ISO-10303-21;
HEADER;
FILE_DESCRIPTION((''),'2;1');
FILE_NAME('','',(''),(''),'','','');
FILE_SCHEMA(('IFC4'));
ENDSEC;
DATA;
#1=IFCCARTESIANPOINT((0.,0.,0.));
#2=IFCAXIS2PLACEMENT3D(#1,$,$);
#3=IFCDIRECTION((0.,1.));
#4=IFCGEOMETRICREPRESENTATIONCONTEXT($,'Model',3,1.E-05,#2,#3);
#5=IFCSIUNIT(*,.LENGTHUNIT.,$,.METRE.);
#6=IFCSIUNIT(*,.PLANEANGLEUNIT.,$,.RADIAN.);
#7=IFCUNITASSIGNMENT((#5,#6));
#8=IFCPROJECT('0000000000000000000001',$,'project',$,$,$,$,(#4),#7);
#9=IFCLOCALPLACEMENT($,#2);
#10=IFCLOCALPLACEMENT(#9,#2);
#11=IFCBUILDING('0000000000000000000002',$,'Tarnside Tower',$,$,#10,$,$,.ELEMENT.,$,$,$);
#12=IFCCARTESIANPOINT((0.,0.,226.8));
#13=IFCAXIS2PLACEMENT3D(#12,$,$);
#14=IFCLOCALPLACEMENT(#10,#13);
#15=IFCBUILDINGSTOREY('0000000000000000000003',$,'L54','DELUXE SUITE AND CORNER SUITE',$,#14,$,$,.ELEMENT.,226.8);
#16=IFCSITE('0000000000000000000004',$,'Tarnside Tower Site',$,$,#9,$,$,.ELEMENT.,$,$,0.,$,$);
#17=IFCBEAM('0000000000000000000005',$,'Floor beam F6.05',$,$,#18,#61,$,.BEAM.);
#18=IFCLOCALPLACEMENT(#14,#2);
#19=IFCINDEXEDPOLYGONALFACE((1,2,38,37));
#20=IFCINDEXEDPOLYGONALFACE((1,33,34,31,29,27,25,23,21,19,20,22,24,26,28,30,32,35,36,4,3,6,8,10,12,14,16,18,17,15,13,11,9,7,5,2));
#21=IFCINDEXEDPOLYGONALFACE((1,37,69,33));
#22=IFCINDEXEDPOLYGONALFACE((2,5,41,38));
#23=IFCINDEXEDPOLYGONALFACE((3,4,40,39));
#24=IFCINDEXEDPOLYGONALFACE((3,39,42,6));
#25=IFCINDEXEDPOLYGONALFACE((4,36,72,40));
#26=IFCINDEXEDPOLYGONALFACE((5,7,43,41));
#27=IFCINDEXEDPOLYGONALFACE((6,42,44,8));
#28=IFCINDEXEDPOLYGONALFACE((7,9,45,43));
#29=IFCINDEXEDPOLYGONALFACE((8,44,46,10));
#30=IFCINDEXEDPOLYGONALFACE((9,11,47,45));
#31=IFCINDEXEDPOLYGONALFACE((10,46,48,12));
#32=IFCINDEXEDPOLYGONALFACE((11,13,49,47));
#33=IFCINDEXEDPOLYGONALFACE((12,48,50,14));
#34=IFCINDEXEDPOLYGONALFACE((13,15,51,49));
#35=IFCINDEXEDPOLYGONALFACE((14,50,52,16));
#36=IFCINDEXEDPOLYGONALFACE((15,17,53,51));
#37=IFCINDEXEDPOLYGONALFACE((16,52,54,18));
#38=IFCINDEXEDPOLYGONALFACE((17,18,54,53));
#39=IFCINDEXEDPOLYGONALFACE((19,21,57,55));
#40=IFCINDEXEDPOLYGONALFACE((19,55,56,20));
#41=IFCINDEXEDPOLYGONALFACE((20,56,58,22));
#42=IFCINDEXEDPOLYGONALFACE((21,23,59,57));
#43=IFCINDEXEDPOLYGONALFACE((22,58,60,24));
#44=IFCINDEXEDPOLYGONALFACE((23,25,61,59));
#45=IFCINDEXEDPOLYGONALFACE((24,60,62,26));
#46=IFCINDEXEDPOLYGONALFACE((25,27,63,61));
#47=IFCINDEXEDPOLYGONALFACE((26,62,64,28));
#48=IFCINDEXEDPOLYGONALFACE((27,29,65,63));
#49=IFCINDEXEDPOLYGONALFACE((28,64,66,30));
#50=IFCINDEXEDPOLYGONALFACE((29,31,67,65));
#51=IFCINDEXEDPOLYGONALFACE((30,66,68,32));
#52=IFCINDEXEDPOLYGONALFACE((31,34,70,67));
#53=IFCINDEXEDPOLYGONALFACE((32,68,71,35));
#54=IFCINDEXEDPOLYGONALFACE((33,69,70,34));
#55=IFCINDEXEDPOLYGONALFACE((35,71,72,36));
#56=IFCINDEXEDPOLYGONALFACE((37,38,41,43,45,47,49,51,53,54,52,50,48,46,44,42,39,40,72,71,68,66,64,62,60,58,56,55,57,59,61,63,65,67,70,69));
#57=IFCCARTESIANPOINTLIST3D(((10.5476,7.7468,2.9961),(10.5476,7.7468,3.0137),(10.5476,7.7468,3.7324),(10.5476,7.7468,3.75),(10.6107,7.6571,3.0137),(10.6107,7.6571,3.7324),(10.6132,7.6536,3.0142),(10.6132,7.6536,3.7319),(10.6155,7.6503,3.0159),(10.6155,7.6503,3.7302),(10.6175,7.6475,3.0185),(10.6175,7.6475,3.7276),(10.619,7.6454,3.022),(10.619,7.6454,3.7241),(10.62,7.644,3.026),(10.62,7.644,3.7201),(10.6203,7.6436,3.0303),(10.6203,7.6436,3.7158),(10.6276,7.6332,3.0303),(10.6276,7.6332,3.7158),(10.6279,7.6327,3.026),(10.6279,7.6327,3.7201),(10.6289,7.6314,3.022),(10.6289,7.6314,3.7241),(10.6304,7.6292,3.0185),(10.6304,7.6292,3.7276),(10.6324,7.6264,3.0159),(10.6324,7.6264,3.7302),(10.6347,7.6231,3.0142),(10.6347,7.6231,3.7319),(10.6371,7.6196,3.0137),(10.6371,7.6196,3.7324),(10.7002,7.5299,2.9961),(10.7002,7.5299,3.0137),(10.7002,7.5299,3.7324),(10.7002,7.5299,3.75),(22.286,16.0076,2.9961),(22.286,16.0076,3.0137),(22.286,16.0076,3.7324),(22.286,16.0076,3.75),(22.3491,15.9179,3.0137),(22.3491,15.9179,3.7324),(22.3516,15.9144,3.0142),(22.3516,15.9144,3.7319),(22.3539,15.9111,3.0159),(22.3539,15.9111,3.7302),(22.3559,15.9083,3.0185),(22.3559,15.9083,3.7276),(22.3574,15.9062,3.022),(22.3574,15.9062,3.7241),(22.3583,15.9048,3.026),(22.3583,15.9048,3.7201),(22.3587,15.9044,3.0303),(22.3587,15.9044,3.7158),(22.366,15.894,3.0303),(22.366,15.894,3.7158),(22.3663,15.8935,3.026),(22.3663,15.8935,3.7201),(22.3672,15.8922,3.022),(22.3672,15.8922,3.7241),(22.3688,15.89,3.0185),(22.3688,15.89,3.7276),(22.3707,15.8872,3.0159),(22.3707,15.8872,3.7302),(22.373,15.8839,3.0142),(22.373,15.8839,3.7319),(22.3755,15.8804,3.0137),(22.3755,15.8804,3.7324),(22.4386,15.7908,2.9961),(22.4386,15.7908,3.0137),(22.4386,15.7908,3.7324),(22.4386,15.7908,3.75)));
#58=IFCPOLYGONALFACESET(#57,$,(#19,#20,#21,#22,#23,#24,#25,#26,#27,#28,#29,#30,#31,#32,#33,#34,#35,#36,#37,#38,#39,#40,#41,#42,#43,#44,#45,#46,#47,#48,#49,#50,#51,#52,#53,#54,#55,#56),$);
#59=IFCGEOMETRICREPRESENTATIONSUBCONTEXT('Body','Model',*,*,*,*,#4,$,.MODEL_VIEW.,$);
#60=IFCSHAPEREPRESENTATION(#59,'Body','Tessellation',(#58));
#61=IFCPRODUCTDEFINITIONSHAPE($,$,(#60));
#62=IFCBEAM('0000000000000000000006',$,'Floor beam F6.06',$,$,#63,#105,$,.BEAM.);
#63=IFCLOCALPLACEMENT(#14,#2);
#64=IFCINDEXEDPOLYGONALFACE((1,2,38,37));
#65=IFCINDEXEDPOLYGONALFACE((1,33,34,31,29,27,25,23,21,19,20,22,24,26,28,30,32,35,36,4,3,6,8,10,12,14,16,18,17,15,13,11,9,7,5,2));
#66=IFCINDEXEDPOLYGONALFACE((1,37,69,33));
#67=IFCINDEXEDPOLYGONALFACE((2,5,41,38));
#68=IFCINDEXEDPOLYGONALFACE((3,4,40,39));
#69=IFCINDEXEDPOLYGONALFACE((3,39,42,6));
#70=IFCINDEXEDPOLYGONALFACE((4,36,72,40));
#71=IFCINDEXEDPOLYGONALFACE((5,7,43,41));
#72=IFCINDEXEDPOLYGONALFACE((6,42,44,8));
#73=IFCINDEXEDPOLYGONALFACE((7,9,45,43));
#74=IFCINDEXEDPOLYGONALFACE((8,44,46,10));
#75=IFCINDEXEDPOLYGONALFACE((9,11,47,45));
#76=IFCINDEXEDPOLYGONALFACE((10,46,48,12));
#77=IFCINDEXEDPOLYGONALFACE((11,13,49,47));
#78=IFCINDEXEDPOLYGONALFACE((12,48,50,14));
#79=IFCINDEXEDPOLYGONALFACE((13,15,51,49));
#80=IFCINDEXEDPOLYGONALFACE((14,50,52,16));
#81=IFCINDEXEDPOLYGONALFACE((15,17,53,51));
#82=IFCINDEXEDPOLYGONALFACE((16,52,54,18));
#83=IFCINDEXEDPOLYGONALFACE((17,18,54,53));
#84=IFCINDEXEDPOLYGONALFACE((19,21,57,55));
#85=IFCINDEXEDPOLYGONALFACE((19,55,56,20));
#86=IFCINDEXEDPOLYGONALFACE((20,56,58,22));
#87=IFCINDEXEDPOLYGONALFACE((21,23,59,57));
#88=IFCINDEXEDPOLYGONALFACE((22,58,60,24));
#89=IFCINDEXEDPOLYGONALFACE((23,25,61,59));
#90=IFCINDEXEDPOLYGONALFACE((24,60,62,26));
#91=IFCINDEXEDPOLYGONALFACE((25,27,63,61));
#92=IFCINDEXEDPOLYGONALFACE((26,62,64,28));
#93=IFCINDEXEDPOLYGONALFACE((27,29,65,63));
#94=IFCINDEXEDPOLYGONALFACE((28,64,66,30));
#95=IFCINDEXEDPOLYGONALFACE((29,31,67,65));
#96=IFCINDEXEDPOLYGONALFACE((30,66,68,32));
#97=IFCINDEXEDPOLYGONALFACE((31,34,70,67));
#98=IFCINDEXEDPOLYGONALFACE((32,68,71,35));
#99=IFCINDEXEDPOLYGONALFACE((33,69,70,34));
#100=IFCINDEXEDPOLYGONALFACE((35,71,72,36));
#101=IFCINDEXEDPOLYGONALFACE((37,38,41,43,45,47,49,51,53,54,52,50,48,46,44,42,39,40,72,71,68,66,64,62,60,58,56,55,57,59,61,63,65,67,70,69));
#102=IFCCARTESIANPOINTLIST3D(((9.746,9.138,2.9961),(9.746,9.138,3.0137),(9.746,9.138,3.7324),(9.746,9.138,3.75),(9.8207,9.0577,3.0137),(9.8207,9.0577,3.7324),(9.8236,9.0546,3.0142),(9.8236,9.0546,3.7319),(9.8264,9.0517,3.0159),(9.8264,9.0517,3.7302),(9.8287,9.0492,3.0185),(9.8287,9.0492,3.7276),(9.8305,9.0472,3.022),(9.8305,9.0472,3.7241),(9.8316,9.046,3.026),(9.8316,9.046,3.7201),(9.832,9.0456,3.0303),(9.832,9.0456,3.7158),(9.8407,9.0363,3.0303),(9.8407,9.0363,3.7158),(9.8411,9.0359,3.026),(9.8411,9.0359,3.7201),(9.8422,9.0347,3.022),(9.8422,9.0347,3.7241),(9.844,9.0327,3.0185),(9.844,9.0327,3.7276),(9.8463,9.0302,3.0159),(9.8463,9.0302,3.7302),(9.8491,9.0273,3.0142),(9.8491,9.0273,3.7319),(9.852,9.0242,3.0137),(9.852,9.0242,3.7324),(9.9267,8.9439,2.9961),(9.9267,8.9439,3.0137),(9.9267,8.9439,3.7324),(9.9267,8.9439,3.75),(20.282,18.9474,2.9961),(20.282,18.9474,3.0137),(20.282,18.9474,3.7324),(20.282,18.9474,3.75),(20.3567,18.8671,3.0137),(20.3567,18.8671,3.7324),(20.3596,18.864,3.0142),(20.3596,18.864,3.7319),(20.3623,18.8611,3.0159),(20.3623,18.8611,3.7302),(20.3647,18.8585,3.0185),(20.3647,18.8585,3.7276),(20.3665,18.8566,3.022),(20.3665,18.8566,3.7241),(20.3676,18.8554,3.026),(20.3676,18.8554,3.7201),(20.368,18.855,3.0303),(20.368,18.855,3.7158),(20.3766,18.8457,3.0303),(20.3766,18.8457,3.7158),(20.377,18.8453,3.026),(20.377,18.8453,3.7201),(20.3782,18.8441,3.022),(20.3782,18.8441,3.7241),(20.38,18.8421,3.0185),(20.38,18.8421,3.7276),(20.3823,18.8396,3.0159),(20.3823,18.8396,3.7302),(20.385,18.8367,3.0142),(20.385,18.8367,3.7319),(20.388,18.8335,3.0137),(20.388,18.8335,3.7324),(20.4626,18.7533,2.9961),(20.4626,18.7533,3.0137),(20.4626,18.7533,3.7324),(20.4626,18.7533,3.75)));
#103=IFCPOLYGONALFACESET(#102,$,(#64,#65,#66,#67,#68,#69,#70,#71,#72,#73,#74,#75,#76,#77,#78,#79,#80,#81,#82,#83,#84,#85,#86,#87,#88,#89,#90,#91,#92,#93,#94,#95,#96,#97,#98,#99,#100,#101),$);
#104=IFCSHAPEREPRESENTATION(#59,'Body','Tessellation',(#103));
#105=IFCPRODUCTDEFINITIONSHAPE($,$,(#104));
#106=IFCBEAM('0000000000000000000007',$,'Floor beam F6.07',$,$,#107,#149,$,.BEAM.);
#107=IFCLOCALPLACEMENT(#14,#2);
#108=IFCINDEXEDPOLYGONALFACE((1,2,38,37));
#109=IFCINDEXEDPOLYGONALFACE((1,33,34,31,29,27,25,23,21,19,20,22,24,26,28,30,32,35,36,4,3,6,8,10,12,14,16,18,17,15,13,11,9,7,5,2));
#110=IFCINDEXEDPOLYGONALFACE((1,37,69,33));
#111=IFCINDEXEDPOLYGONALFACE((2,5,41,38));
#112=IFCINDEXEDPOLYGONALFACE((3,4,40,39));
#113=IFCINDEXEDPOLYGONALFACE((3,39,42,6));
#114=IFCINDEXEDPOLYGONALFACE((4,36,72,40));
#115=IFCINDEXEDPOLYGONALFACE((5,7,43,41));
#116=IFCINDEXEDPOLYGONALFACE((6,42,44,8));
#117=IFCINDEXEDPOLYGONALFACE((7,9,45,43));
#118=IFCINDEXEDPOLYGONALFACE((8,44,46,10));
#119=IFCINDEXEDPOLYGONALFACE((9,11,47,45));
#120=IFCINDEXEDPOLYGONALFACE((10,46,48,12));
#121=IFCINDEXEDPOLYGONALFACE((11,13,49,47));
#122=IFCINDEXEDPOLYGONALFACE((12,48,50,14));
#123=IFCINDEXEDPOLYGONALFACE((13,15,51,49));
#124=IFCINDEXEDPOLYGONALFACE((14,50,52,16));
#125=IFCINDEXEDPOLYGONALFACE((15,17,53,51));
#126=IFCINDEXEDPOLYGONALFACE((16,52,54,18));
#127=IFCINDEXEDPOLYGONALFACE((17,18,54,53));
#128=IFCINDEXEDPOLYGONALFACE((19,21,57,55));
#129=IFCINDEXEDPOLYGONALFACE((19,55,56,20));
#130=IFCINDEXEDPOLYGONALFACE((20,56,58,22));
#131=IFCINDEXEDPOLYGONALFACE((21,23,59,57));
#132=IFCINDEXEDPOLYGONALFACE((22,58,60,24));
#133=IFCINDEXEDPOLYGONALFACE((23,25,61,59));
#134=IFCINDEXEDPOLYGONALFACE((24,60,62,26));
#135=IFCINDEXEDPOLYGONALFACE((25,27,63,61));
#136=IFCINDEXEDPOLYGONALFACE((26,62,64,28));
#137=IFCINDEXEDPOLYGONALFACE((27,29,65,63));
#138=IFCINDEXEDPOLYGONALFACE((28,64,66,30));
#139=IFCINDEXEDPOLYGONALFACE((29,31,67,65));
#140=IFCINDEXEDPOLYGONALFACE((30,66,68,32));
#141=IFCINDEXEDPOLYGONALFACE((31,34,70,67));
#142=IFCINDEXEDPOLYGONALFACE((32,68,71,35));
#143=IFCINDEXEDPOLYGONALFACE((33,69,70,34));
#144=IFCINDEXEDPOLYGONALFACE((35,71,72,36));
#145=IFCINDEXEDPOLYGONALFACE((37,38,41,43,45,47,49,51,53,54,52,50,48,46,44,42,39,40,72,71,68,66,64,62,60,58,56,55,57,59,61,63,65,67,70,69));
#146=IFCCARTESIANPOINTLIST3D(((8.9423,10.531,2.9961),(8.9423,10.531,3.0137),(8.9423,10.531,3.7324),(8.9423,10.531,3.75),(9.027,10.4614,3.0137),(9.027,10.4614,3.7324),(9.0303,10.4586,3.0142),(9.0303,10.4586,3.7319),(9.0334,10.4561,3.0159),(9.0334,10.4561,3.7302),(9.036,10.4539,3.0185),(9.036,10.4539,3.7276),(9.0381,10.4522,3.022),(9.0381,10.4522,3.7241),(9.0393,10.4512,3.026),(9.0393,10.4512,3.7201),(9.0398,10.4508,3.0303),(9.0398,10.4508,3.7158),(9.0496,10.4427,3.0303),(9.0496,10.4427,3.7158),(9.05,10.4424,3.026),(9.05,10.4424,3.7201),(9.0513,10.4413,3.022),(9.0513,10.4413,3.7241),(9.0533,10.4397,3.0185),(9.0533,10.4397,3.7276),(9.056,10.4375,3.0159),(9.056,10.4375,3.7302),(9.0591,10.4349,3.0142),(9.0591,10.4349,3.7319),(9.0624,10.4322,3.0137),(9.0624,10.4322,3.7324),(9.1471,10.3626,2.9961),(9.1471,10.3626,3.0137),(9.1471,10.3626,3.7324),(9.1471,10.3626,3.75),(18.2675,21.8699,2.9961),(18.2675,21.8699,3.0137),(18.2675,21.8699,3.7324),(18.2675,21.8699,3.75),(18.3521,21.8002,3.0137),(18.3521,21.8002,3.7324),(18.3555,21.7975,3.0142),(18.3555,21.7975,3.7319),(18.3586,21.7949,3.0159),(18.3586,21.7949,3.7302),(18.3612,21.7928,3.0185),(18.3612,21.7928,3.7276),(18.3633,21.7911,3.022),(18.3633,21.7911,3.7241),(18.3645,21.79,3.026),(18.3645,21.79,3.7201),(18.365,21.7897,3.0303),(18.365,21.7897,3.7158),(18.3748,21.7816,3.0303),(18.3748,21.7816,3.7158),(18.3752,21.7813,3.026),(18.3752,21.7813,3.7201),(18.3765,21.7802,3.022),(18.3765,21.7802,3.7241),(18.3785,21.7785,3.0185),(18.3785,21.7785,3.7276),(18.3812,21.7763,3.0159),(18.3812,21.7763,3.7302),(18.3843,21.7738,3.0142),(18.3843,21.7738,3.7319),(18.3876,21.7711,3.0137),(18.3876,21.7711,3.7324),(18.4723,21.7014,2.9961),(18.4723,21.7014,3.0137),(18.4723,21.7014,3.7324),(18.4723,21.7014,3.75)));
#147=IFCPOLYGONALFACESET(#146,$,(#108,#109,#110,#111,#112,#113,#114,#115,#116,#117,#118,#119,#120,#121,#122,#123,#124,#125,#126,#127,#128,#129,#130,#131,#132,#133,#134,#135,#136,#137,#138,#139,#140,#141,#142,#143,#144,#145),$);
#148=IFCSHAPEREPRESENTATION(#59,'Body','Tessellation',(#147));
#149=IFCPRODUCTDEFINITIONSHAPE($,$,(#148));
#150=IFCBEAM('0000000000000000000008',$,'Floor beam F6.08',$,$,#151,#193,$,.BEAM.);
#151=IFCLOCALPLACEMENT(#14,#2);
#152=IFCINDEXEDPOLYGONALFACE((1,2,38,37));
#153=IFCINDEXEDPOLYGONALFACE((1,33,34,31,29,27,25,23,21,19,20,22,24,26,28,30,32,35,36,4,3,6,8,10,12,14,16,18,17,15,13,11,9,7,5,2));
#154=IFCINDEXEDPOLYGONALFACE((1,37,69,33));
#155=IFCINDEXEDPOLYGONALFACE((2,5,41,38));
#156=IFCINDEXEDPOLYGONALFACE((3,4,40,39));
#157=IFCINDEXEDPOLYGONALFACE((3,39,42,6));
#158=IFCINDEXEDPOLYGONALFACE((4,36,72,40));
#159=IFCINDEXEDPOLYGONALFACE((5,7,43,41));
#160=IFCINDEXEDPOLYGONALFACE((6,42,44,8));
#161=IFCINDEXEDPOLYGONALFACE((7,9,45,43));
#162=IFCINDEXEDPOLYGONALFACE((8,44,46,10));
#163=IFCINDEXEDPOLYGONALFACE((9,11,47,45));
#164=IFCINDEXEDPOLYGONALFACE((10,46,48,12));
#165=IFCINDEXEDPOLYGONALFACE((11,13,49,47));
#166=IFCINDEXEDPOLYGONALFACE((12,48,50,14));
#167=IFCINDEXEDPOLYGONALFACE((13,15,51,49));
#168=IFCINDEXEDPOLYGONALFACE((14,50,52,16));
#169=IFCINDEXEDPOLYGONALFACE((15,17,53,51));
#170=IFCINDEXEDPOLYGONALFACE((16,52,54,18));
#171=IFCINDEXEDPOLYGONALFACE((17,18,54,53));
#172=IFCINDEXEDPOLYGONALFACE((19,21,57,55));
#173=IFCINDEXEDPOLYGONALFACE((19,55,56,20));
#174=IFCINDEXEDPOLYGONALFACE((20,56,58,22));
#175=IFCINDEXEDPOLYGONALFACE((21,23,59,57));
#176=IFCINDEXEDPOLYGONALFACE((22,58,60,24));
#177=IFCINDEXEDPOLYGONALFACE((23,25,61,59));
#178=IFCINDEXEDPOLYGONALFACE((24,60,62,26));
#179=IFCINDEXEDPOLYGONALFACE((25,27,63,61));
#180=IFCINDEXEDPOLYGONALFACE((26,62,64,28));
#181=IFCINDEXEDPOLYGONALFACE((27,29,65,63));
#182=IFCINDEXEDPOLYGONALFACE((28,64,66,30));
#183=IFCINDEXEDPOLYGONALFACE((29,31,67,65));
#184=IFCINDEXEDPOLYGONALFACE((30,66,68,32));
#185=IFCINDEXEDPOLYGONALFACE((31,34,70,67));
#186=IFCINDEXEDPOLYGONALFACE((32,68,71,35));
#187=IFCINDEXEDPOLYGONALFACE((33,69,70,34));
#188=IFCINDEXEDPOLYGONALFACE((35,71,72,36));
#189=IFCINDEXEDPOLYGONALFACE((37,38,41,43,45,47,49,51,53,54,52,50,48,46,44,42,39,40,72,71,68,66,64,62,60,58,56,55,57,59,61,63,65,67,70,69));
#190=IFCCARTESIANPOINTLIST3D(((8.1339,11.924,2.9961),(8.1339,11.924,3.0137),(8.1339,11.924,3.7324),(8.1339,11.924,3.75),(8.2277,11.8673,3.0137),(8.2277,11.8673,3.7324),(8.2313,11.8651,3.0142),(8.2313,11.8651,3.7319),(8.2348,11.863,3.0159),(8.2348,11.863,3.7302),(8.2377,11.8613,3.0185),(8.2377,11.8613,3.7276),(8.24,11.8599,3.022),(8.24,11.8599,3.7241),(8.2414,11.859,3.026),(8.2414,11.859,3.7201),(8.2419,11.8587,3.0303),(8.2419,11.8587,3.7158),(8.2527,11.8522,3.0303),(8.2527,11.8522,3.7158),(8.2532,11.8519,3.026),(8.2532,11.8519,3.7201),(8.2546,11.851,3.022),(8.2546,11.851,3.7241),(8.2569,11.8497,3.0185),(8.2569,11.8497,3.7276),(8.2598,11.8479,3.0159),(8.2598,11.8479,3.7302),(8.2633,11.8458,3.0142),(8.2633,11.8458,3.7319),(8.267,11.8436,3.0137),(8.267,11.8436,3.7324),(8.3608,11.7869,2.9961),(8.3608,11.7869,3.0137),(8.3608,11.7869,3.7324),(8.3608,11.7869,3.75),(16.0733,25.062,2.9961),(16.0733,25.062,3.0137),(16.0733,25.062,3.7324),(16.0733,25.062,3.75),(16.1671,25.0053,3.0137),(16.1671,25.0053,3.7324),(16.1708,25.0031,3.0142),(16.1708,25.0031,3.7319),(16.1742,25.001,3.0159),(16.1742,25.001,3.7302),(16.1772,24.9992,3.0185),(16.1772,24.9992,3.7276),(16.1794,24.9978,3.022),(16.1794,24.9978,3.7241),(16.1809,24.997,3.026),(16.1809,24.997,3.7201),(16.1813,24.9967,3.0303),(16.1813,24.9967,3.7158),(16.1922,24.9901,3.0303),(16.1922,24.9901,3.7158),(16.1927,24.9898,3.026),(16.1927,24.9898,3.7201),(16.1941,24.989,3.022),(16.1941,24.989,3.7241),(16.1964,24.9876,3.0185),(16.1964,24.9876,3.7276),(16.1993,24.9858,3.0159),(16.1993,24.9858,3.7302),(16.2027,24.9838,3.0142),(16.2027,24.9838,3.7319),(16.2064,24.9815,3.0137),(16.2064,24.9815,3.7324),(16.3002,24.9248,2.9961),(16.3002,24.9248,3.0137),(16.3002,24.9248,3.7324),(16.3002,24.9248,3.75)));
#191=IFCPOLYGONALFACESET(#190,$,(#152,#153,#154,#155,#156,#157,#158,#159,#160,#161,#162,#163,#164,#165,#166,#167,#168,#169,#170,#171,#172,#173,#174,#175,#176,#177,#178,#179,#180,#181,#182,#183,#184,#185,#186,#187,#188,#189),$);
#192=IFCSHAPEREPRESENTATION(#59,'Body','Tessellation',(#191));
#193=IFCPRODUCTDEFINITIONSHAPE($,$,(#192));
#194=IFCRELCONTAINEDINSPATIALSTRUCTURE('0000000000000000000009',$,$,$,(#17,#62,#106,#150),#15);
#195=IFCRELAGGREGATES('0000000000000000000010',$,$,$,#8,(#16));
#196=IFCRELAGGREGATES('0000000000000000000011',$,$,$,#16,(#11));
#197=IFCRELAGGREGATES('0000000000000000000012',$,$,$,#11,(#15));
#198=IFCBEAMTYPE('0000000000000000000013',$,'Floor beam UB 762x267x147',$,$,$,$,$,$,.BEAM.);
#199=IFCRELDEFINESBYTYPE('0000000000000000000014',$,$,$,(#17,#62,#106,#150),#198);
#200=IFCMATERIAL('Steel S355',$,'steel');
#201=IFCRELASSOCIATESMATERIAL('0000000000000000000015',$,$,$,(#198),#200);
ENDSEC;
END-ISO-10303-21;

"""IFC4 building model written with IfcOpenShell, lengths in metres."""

from ifc_helpers import new_model, si_unit, direction, frame, origin, origin_2d, place, context, subcontext, project, spatial, i_section, extrude, material, material_profile, profile_set, type_object, element, save


model = new_model("IFC4")

# Units and contexts
model_context = context("Model", 3, precision=1e-05, world=origin(), true_north=direction((0.0, 1.0)))
body_context = subcontext(model_context, "Body", "Model", "MODEL_VIEW")
ifc_project = project(units=[si_unit("LENGTHUNIT", "METRE"), si_unit("PLANEANGLEUNIT", "RADIAN")], contexts=[model_context])

# Site, building, storey
site_placement = place(None, origin())
site = spatial("IfcSite", under=ifc_project, at=site_placement, Name="Tarnside Tower Site", CompositionType="ELEMENT", RefElevation=0.0)
building_placement = place(site_placement, origin())
building = spatial("IfcBuilding", under=site, at=building_placement, Name="Tarnside Tower", CompositionType="ELEMENT")
storey_placement = place(building_placement, frame((0.0, 0.0, 226.8)))
storey = spatial("IfcBuildingStorey", under=building, at=storey_placement, Name="L54", Description="DELUXE SUITE AND CORNER SUITE", CompositionType="ELEMENT", Elevation=226.8)

# Beams
ifc_material_1 = material(Name="Steel S355", Category="steel")
ifc_material_profile_1 = material_profile(ifc_material_1, i_section(OverallWidth=0.2651, OverallDepth=0.7539, WebThickness=0.0127, FlangeThickness=0.0176, FilletRadius=0.0166, at=origin_2d()), Name="UB 762x267x147")
ifc_profile_set_1 = profile_set([ifc_material_profile_1], Name="Steel S355")
beam_type_1 = type_object("IfcBeamType", Name="Floor beam UB 762x267x147", PredefinedType="BEAM", material=ifc_profile_set_1)
beam_1_placement = place(storey_placement, frame((22.3623, 15.8992, 3.373), z_axis=(-0.817791, -0.575515, 0.0), x_axis=(0.575515, -0.817791, 0.0)))
element("IfcBeam", 1, at=beam_1_placement, inside=storey, type_object=beam_type_1, Name="Floor beam F6.05", PredefinedType="BEAM", context=body_context, shape_type="SweptSolid", body=[
    extrude(i_section(OverallWidth=0.2651, OverallDepth=0.7539, WebThickness=0.0127, FlangeThickness=0.0176, FilletRadius=0.0166, at=origin_2d()), origin(), (0.0, 0.0, 1.0), 14.3538),
])
beam_2_placement = place(storey_placement, frame((20.3723, 18.8503, 3.373), z_axis=(-0.731892, -0.68142, 0.0), x_axis=(0.68142, -0.731892, 0.0)))
element("IfcBeam", 2, at=beam_2_placement, inside=storey, type_object=beam_type_1, Name="Floor beam F6.06", PredefinedType="BEAM", context=body_context, shape_type="SweptSolid", body=[
    extrude(i_section(OverallWidth=0.2651, OverallDepth=0.7539, WebThickness=0.0127, FlangeThickness=0.0176, FilletRadius=0.0166, at=origin_2d()), origin(), (0.0, 0.0, 1.0), 14.3955),
])
beam_3_placement = place(storey_placement, frame((18.3699, 21.7856, 3.373), z_axis=(-0.635192, -0.772354, 0.0), x_axis=(0.772354, -0.635192, 0.0)))
element("IfcBeam", 3, at=beam_3_placement, inside=storey, type_object=beam_type_1, Name="Floor beam F6.07", PredefinedType="BEAM", context=body_context, shape_type="SweptSolid", body=[
    extrude(i_section(OverallWidth=0.2651, OverallDepth=0.7539, WebThickness=0.0127, FlangeThickness=0.0176, FilletRadius=0.0166, at=origin_2d()), origin(), (0.0, 0.0, 1.0), 14.6809),
])
beam_4_placement = place(storey_placement, frame((16.1868, 24.9934, 3.373), z_axis=(-0.517209, -0.855859, 0.0), x_axis=(0.855859, -0.517209, 0.0)))
element("IfcBeam", 4, at=beam_4_placement, inside=storey, type_object=beam_type_1, Name="Floor beam F6.08", PredefinedType="BEAM", context=body_context, shape_type="SweptSolid", body=[
    extrude(i_section(OverallWidth=0.2651, OverallDepth=0.7539, WebThickness=0.0127, FlangeThickness=0.0176, FilletRadius=0.0166, at=origin_2d()), origin(), (0.0, 0.0, 1.0), 15.3506),
])

save(model, "model.ifc")
